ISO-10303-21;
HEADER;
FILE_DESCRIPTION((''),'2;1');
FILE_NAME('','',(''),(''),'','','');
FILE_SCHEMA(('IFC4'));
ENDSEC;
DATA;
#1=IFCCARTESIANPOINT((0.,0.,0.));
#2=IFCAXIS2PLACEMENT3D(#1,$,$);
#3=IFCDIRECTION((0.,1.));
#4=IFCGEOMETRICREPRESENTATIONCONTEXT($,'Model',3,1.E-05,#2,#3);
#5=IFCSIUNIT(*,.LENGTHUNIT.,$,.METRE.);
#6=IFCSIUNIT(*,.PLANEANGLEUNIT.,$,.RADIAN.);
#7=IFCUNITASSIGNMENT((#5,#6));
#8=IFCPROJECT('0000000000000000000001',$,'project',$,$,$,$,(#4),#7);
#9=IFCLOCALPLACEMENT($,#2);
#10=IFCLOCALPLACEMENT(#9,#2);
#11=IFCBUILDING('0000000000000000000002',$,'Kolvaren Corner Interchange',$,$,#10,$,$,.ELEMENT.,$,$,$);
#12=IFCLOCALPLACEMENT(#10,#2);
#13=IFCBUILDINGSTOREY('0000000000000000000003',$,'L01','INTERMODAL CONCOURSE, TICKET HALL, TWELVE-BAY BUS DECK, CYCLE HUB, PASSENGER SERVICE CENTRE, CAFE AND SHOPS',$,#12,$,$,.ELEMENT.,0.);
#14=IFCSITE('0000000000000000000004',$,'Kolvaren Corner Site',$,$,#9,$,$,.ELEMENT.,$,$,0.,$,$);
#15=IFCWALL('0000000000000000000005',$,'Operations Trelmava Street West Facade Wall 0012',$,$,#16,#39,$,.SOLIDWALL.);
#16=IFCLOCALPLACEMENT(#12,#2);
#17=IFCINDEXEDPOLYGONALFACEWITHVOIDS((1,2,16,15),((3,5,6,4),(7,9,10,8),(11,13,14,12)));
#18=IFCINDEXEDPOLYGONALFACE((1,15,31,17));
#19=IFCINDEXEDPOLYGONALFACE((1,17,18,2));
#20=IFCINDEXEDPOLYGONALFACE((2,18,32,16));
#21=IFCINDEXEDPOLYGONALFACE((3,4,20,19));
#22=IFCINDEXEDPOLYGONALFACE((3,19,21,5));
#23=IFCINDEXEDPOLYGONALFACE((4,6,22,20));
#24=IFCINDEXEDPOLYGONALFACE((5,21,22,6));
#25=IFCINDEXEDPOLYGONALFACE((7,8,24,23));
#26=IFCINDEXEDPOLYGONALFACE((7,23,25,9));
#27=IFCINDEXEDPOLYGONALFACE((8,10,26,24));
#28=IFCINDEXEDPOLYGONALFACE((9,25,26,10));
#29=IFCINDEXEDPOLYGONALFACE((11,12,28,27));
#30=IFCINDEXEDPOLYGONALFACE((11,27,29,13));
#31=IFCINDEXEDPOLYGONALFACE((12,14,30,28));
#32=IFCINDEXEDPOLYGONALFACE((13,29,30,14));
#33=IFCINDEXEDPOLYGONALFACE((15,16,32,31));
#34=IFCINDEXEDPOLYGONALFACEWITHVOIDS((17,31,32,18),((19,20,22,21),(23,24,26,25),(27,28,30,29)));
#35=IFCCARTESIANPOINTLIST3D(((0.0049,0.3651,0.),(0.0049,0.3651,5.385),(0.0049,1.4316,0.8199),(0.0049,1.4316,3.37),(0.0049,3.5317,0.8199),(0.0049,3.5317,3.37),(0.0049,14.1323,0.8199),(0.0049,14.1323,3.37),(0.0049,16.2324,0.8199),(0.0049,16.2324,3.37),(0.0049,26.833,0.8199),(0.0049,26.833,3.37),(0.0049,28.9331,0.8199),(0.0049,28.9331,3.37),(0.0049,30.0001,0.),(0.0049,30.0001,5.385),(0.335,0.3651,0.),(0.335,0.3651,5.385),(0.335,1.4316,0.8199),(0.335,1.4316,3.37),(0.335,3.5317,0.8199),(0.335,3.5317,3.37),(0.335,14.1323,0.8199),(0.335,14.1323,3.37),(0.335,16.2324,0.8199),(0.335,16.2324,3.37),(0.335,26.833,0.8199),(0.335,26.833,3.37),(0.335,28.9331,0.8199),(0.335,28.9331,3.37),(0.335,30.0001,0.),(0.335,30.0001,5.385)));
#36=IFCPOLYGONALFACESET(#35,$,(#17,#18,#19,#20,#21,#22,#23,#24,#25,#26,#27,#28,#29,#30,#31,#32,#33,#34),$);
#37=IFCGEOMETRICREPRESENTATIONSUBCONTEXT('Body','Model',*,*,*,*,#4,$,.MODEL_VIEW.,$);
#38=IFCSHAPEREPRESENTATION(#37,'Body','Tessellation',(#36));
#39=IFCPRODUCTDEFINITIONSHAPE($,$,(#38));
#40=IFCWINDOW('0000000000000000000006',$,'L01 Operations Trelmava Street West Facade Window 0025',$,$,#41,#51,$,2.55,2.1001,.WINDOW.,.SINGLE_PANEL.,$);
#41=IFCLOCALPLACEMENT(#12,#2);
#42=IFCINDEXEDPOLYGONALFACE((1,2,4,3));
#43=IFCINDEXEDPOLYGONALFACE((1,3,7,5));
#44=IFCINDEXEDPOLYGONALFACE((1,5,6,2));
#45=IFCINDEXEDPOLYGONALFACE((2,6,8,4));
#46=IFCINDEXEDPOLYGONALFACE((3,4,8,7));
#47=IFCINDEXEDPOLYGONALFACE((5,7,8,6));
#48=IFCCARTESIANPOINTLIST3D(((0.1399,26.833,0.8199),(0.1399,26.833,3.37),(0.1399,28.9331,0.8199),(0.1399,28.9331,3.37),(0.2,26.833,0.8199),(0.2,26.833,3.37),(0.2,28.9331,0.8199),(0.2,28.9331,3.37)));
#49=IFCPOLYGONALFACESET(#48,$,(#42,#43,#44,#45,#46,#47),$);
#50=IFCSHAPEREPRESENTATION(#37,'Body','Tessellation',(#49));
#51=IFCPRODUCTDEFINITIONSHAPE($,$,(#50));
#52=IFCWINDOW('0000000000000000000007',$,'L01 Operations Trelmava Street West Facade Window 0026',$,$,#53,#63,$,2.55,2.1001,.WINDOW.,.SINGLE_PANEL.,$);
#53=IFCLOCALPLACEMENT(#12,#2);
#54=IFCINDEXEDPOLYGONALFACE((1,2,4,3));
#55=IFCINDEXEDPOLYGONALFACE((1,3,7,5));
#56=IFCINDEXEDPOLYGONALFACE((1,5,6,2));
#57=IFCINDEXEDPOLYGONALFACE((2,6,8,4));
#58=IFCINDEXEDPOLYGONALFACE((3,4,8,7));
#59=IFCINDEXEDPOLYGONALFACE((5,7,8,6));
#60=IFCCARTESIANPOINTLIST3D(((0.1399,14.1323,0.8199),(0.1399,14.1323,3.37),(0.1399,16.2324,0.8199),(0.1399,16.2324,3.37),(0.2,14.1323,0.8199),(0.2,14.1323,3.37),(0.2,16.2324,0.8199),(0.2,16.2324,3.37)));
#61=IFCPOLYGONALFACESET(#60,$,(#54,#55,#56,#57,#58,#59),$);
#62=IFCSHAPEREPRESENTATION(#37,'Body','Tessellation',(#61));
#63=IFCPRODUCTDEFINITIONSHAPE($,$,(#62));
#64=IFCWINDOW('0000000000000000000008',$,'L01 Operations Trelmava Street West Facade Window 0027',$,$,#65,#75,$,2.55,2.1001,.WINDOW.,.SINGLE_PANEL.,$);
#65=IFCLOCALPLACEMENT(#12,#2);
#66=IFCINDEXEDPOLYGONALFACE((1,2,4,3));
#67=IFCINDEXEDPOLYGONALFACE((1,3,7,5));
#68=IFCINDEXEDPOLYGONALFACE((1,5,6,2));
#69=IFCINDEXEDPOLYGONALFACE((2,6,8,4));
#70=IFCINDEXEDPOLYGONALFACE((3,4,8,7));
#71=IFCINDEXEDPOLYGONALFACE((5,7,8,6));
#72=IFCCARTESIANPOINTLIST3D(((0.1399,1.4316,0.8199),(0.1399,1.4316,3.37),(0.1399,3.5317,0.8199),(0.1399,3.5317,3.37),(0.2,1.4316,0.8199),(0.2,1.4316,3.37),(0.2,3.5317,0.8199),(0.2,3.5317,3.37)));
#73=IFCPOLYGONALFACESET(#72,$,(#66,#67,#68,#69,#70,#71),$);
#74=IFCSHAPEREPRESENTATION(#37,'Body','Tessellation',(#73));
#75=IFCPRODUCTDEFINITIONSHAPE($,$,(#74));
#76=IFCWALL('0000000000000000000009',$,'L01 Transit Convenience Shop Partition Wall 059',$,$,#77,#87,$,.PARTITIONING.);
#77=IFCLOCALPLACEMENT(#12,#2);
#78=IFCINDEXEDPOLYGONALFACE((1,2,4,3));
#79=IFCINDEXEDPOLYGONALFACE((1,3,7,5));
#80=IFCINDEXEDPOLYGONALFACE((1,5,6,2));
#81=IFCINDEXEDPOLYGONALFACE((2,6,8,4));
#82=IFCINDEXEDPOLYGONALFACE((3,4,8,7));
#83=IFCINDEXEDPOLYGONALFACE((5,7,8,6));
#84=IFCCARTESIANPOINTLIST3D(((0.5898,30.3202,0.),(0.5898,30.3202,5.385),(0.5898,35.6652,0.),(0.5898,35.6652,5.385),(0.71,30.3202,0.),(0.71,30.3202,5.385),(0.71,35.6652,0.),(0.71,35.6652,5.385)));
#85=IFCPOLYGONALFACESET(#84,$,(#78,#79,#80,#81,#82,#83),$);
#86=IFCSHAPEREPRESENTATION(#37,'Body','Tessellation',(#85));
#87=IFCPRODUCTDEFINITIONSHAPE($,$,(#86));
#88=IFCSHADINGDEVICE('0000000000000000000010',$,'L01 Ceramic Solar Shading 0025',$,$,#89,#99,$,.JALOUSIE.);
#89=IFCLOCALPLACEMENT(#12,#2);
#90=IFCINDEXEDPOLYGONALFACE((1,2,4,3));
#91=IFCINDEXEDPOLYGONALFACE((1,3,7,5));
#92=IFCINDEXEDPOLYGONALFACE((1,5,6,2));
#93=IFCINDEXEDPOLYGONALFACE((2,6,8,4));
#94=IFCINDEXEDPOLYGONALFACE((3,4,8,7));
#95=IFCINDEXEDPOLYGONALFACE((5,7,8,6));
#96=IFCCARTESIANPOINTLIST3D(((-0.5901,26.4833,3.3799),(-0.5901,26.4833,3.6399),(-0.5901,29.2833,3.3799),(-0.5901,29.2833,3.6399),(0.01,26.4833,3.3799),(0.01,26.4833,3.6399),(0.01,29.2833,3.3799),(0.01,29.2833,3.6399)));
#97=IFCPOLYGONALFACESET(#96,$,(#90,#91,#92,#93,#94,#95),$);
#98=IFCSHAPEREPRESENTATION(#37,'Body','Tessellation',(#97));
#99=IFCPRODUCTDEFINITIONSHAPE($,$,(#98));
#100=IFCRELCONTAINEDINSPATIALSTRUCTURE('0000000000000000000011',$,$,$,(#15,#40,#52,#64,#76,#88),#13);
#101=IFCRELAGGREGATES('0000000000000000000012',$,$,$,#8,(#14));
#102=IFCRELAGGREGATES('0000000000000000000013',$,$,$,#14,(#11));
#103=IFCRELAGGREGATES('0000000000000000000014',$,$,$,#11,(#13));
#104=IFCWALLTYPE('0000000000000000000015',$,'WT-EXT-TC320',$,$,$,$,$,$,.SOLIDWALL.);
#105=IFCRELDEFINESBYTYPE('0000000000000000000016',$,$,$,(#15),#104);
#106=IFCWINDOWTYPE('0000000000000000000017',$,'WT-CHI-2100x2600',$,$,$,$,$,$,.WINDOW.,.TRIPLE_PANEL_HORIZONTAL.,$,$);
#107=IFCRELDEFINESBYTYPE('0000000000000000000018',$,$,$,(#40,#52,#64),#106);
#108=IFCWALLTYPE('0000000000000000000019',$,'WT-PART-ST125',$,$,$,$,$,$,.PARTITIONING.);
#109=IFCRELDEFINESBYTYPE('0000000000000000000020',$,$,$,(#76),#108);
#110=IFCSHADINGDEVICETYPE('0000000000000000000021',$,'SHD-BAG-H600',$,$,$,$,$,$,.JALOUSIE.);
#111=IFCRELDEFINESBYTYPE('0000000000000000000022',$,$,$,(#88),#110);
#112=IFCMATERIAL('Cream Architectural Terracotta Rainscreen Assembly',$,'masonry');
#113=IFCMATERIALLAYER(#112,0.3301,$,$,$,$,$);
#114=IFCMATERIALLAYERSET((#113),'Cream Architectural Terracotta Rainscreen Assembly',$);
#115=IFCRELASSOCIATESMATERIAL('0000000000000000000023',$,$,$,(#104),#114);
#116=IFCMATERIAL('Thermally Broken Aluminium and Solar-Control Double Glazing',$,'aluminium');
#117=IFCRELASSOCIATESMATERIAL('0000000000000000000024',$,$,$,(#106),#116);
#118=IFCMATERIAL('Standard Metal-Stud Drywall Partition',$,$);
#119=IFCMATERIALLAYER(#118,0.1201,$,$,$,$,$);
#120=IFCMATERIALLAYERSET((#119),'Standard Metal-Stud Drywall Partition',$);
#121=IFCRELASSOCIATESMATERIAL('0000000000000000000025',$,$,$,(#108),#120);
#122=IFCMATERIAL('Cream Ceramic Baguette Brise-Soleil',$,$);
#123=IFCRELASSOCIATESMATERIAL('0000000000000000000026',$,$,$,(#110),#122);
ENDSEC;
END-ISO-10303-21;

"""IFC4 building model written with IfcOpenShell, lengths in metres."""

from ifc_helpers import new_model, si_unit, direction, frame, frame_2d, origin, origin_2d, place, context, subcontext, project, spatial, rectangle, extrude, material, layer, layer_set, type_object, element, fill, save


model = new_model("IFC4")

# Units and contexts
model_context = context("Model", 3, precision=1e-05, world=origin(), true_north=direction((0.0, 1.0)))
body_context = subcontext(model_context, "Body", "Model", "MODEL_VIEW")
ifc_project = project(units=[si_unit("LENGTHUNIT", "METRE"), si_unit("PLANEANGLEUNIT", "RADIAN")], contexts=[model_context])

# Site, building, storey
site_placement = place(None, origin())
site = spatial("IfcSite", under=ifc_project, at=site_placement, Name="Kolvaren Corner Site", CompositionType="ELEMENT", RefElevation=0.0)
building_placement = place(site_placement, origin())
building = spatial("IfcBuilding", under=site, at=building_placement, Name="Kolvaren Corner Interchange", CompositionType="ELEMENT")
storey_placement = place(building_placement, origin())
storey = spatial("IfcBuildingStorey", under=building, at=storey_placement, Name="L01", Description="INTERMODAL CONCOURSE, TICKET HALL, TWELVE-BAY BUS DECK, CYCLE HUB, PASSENGER SERVICE CENTRE, CAFE AND SHOPS", CompositionType="ELEMENT", Elevation=0.0)

# Shared definitions
ifc_material_1 = material(Name="Cream Architectural Terracotta Rainscreen Assembly", Category="masonry")
ifc_layer_1 = layer(ifc_material_1, 0.3301)
ifc_layer_set_1 = layer_set([ifc_layer_1], Name="Cream Architectural Terracotta Rainscreen Assembly")
wall_type_1 = type_object("IfcWallType", Name="WT-EXT-TC320", PredefinedType="SOLIDWALL", material=ifc_layer_set_1)

# Wall, openings, windows
wall_1_placement = place(storey_placement, frame((0.1699, 30.0, 0.0), z_axis=(0.0, 0.0, 1.0), x_axis=(0.0, -1.0, 0.0)))
wall_1 = element("IfcWall", 1, at=wall_1_placement, inside=storey, type_object=wall_type_1, Name="Operations Trelmava Street West Facade Wall 0012", PredefinedType="SOLIDWALL", context=body_context, shape_type="SweptSolid", body=[
    extrude(rectangle(XDim=29.635, YDim=0.3301, at=frame_2d((14.8174, 0.0))), origin(), (0.0, 0.0, 1.0), 5.385),
])
opening_1_placement = place(wall_1_placement, frame((1.0669, 0.0, 0.8201)))
opening_1 = element("IfcOpeningElement", 2, at=opening_1_placement, cuts=wall_1, PredefinedType="OPENING", context=body_context, shape_type="SweptSolid", body=[
    extrude(rectangle(XDim=2.1001, YDim=2.55, at=frame_2d((1.05, 1.2749))), frame((0.0, 0.175, 0.0), z_axis=(0.0, -1.0, 0.0), x_axis=(1.0, 0.0, 0.0)), (0.0, 0.0, 1.0), 0.3501),
])
opening_2_placement = place(wall_1_placement, frame((13.7676, 0.0, 0.8201)))
opening_2 = element("IfcOpeningElement", 3, at=opening_2_placement, cuts=wall_1, PredefinedType="OPENING", context=body_context, shape_type="SweptSolid", body=[
    extrude(rectangle(XDim=2.1001, YDim=2.55, at=frame_2d((1.05, 1.2749))), frame((0.0, 0.175, 0.0), z_axis=(0.0, -1.0, 0.0), x_axis=(1.0, 0.0, 0.0)), (0.0, 0.0, 1.0), 0.3501),
])
opening_3_placement = place(wall_1_placement, frame((26.4683, 0.0, 0.8201)))
opening_3 = element("IfcOpeningElement", 4, at=opening_3_placement, cuts=wall_1, PredefinedType="OPENING", context=body_context, shape_type="SweptSolid", body=[
    extrude(rectangle(XDim=2.1001, YDim=2.55, at=frame_2d((1.05, 1.2749))), frame((0.0, 0.175, 0.0), z_axis=(0.0, -1.0, 0.0), x_axis=(1.0, 0.0, 0.0)), (0.0, 0.0, 1.0), 0.3501),
])
ifc_material_2 = material(Name="Thermally Broken Aluminium and Solar-Control Double Glazing", Category="aluminium")
window_type = type_object("IfcWindowType", Name="WT-CHI-2100x2600", PartitioningType="TRIPLE_PANEL_HORIZONTAL", PredefinedType="WINDOW", material=ifc_material_2)
window_1_placement = place(opening_1_placement, origin())
window_1 = element("IfcWindow", 5, at=window_1_placement, inside=storey, type_object=window_type, Name="L01 Operations Trelmava Street West Facade Window 0025", OverallHeight=2.55, OverallWidth=2.1001, PartitioningType="SINGLE_PANEL", PredefinedType="WINDOW", context=body_context, shape_type="SweptSolid", body=[
    extrude(rectangle(XDim=2.1001, YDim=2.55, at=frame_2d((1.05, 1.2749))), frame((0.0, 0.03, 0.0), z_axis=(0.0, -1.0, 0.0), x_axis=(1.0, 0.0, 0.0)), (0.0, 0.0, 1.0), 0.0601),
])
fill(opening_1, window_1)
window_2_placement = place(opening_2_placement, origin())
window_2 = element("IfcWindow", 6, at=window_2_placement, inside=storey, type_object=window_type, Name="L01 Operations Trelmava Street West Facade Window 0026", OverallHeight=2.55, OverallWidth=2.1001, PartitioningType="SINGLE_PANEL", PredefinedType="WINDOW", context=body_context, shape_type="SweptSolid", body=[
    extrude(rectangle(XDim=2.1001, YDim=2.55, at=frame_2d((1.05, 1.2749))), frame((0.0, 0.03, 0.0), z_axis=(0.0, -1.0, 0.0), x_axis=(1.0, 0.0, 0.0)), (0.0, 0.0, 1.0), 0.0601),
])
fill(opening_2, window_2)
window_3_placement = place(opening_3_placement, origin())
window_3 = element("IfcWindow", 7, at=window_3_placement, inside=storey, type_object=window_type, Name="L01 Operations Trelmava Street West Facade Window 0027", OverallHeight=2.55, OverallWidth=2.1001, PartitioningType="SINGLE_PANEL", PredefinedType="WINDOW", context=body_context, shape_type="SweptSolid", body=[
    extrude(rectangle(XDim=2.1001, YDim=2.55, at=frame_2d((1.05, 1.2749))), frame((0.0, 0.03, 0.0), z_axis=(0.0, -1.0, 0.0), x_axis=(1.0, 0.0, 0.0)), (0.0, 0.0, 1.0), 0.0601),
])
fill(opening_3, window_3)

# Wall
ifc_material_3 = material(Name="Standard Metal-Stud Drywall Partition")
ifc_layer_2 = layer(ifc_material_3, 0.1201)
ifc_layer_set_2 = layer_set([ifc_layer_2], Name="Standard Metal-Stud Drywall Partition")
wall_type_2 = type_object("IfcWallType", Name="WT-PART-ST125", PredefinedType="PARTITIONING", material=ifc_layer_set_2)
wall_2_placement = place(storey_placement, frame((0.6499, 35.665, 0.0), z_axis=(0.0, 0.0, 1.0), x_axis=(0.0, -1.0, 0.0)))
element("IfcWall", 8, at=wall_2_placement, inside=storey, type_object=wall_type_2, Name="L01 Transit Convenience Shop Partition Wall 059", PredefinedType="PARTITIONING", context=body_context, shape_type="SweptSolid", body=[
    extrude(rectangle(XDim=5.345, YDim=0.1201, at=frame_2d((2.6724, 0.0))), origin(), (0.0, 0.0, 1.0), 5.385),
])

# Shading device
ifc_material_4 = material(Name="Cream Ceramic Baguette Brise-Soleil")
shading_device_type = type_object("IfcShadingDeviceType", Name="SHD-BAG-H600", PredefinedType="JALOUSIE", material=ifc_material_4)
shading_device_placement = place(storey_placement, frame((-0.29, 27.8833, 3.3799), z_axis=(0.0, 0.0, 1.0), x_axis=(0.0, -1.0, 0.0)))
element("IfcShadingDevice", 9, at=shading_device_placement, inside=storey, type_object=shading_device_type, Name="L01 Ceramic Solar Shading 0025", PredefinedType="JALOUSIE", context=body_context, shape_type="SweptSolid", body=[
    extrude(rectangle(XDim=2.8, YDim=0.6001, at=origin_2d()), origin(), (0.0, 0.0, 1.0), 0.26),
])

save(model, "model.ifc")
